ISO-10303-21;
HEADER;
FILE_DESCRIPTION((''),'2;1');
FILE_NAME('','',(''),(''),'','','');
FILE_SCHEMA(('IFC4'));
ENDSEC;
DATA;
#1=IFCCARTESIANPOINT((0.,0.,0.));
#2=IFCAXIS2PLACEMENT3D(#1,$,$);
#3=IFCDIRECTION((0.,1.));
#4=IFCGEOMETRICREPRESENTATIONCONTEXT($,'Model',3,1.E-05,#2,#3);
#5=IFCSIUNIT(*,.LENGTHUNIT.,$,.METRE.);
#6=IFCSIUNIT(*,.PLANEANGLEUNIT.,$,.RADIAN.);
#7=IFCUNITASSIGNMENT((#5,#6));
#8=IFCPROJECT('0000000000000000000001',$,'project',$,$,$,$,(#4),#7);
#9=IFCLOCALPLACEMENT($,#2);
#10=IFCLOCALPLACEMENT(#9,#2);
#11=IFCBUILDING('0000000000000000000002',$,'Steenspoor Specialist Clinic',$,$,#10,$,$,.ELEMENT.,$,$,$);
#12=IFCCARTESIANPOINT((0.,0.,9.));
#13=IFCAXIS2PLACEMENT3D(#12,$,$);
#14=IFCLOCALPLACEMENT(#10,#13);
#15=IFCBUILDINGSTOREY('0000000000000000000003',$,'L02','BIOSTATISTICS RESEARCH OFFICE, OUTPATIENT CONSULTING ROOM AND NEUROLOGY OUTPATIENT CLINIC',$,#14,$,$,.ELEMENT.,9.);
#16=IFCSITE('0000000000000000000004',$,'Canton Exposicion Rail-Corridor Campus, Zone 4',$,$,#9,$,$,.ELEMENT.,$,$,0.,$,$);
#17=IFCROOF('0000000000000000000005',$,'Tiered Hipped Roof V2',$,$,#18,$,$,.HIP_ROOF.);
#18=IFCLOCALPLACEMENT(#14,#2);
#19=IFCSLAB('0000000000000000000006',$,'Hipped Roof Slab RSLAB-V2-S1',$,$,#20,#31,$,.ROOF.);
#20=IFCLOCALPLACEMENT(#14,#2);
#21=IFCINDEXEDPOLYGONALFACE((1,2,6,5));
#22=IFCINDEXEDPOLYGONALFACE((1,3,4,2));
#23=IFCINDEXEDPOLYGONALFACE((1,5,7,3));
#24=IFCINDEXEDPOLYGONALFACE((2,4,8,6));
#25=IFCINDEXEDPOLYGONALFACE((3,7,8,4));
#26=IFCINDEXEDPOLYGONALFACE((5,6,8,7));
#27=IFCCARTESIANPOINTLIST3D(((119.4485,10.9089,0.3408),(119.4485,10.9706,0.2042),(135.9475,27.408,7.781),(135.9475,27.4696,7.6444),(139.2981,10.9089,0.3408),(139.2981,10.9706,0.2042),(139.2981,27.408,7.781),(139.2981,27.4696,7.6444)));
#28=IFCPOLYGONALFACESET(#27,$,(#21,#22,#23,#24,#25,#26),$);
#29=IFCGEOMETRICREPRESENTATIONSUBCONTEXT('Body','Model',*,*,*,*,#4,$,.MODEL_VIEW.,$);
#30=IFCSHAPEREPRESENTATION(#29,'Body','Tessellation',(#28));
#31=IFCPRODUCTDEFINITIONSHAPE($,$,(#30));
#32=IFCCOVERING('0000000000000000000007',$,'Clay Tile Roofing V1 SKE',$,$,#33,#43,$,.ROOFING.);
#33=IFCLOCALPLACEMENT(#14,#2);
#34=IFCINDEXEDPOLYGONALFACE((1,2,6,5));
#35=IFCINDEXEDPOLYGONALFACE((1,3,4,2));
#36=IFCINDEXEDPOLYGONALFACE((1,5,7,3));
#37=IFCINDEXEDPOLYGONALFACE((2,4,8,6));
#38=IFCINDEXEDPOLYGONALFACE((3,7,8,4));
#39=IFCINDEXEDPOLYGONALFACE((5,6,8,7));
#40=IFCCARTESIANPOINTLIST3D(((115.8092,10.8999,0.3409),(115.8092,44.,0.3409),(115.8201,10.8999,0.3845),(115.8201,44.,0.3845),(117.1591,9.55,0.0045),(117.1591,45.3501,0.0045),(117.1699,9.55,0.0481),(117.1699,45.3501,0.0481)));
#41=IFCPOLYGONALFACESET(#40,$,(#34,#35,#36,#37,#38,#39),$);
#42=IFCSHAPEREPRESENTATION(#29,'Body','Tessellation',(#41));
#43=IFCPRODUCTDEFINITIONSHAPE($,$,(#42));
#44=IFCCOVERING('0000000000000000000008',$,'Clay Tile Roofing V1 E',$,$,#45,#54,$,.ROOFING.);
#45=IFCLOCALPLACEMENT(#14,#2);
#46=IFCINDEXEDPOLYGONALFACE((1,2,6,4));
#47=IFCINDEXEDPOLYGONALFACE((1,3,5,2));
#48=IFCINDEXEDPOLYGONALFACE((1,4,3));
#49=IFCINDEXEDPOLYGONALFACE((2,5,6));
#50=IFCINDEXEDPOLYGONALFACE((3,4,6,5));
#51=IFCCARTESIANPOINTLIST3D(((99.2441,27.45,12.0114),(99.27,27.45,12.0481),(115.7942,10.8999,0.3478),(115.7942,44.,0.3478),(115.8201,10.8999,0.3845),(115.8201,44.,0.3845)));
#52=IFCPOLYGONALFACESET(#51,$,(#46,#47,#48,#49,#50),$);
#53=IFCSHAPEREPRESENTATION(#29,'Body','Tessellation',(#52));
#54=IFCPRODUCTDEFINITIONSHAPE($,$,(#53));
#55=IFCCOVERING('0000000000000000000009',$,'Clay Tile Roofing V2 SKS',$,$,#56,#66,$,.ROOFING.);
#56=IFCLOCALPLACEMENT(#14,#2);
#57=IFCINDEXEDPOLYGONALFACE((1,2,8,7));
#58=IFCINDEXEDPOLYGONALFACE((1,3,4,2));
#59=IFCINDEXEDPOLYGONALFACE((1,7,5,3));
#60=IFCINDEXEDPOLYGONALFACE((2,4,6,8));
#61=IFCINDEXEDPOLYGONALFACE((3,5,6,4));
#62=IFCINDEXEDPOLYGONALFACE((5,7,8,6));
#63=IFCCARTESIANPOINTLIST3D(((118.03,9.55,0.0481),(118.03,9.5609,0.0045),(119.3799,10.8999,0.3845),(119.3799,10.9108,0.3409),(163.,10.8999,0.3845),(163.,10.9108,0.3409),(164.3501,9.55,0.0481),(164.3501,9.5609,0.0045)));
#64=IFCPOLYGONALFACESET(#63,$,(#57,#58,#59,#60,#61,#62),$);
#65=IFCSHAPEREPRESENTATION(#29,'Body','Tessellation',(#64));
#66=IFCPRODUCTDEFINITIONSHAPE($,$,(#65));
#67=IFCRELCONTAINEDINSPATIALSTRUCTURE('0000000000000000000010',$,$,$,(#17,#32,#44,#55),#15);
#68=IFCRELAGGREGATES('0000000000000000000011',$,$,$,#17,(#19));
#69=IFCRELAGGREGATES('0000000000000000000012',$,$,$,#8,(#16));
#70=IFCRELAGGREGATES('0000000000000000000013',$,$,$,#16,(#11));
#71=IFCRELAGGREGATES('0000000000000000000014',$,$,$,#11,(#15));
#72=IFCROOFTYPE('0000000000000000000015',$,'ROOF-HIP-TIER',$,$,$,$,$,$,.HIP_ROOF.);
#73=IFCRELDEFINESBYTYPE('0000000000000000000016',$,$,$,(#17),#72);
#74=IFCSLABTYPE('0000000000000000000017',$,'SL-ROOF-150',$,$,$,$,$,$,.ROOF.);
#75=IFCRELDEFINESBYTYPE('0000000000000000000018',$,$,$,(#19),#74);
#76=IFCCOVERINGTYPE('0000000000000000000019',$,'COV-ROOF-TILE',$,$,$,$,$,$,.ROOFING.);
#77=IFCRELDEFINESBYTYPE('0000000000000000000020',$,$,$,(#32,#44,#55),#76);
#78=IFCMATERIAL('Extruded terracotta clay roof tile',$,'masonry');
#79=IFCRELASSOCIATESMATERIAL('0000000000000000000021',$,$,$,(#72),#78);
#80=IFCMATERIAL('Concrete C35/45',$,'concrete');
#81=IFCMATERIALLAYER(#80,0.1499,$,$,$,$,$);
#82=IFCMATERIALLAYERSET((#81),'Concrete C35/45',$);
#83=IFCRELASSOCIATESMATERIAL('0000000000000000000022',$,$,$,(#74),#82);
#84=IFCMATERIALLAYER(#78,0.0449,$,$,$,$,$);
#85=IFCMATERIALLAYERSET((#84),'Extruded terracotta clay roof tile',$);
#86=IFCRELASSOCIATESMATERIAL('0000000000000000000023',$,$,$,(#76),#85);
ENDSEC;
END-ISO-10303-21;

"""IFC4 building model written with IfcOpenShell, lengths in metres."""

from ifc_helpers import new_model, si_unit, direction, frame, origin, place, context, subcontext, project, spatial, polyline, outline, extrude, material, layer, layer_set, type_object, element, aggregate, save


model = new_model("IFC4")

# Units and contexts
model_context = context("Model", 3, precision=1e-05, world=origin(), true_north=direction((0.0, 1.0)))
body_context = subcontext(model_context, "Body", "Model", "MODEL_VIEW")
ifc_project = project(units=[si_unit("LENGTHUNIT", "METRE"), si_unit("PLANEANGLEUNIT", "RADIAN")], contexts=[model_context])

# Site, building, storey
site_placement = place(None, origin())
site = spatial("IfcSite", under=ifc_project, at=site_placement, Name="Canton Exposicion Rail-Corridor Campus, Zone 4", CompositionType="ELEMENT", RefElevation=0.0)
building_placement = place(site_placement, origin())
building = spatial("IfcBuilding", under=site, at=building_placement, Name="Steenspoor Specialist Clinic", CompositionType="ELEMENT")
storey_placement = place(building_placement, frame((0.0, 0.0, 9.0)))
storey = spatial("IfcBuildingStorey", under=building, at=storey_placement, Name="L02", Description="BIOSTATISTICS RESEARCH OFFICE, OUTPATIENT CONSULTING ROOM AND NEUROLOGY OUTPATIENT CLINIC", CompositionType="ELEMENT", Elevation=9.0)

# Shared definitions
ifc_material_1 = material(Name="Extruded terracotta clay roof tile", Category="masonry")
roof_type = type_object("IfcRoofType", Name="ROOF-HIP-TIER", PredefinedType="HIP_ROOF", material=ifc_material_1)
ifc_material_2 = material(Name="Concrete C35/45", Category="concrete")
ifc_layer_1 = layer(ifc_material_2, 0.1499)
ifc_layer_set_1 = layer_set([ifc_layer_1], Name="Concrete C35/45")
slab_type = type_object("IfcSlabType", Name="SL-ROOF-150", PredefinedType="ROOF", material=ifc_layer_set_1)

# Roof, slab
roof_1_placement = place(storey_placement, origin())
roof_1 = element("IfcRoof", 1, at=roof_1_placement, inside=storey, type_object=roof_type, Name="Tiered Hipped Roof V2", PredefinedType="HIP_ROOF")
slab_1_placement = place(storey_placement, frame((119.4485, 10.9089, 0.3408), z_axis=(0.0, -0.411082, 0.911598), x_axis=(1.0, 0.0, 0.0)))
slab_1 = element("IfcSlab", 2, at=slab_1_placement, type_object=slab_type, Name="Hipped Roof Slab RSLAB-V2-S1", PredefinedType="ROOF", context=body_context, shape_type="SweptSolid", body=[
    extrude(outline(polyline([(0.0, 0.0), (19.8496, 0.0), (19.8496, 18.099), (16.499, 18.099), (0.0, 0.0)])), origin(), (0.0, 0.0, -1.0), 0.1499),
])
aggregate(roof_1, [slab_1])

# Coverings
ifc_layer_2 = layer(ifc_material_1, 0.0449)
ifc_layer_set_2 = layer_set([ifc_layer_2], Name="Extruded terracotta clay roof tile")
covering_type = type_object("IfcCoveringType", Name="COV-ROOF-TILE", PredefinedType="ROOFING", material=ifc_layer_set_2)
covering_1_placement = place(storey_placement, frame((117.1699, 9.55, 0.0481), z_axis=(0.241834, 0.0, 0.970318), x_axis=(0.0, 1.0, 0.0)))
element("IfcCovering", 3, at=covering_1_placement, inside=storey, type_object=covering_type, Name="Clay Tile Roofing V1 SKE", PredefinedType="ROOFING", context=body_context, shape_type="SweptSolid", body=[
    extrude(outline(polyline([(0.0, 0.0), (35.8, 0.0), (34.45, 1.3911), (1.3499, 1.3911), (0.0, 0.0)])), origin(), (0.0, 0.0, -1.0), 0.0449),
])
covering_2_placement = place(storey_placement, frame((115.8201, 10.8999, 0.3845), z_axis=(0.576063, 0.0, 0.817405), x_axis=(0.0, 1.0, 0.0)))
element("IfcCovering", 4, at=covering_2_placement, inside=storey, type_object=covering_type, Name="Clay Tile Roofing V1 E", PredefinedType="ROOFING", context=body_context, shape_type="SweptSolid", body=[
    extrude(outline(polyline([(0.0, 0.0), (33.1001, 0.0), (16.55, 20.2471), (0.0, 0.0)])), origin(), (0.0, 0.0, -1.0), 0.0449),
])
covering_3_placement = place(storey_placement, frame((118.03, 9.55, 0.0481), z_axis=(0.0, -0.241834, 0.970318), x_axis=(1.0, 0.0, 0.0)))
element("IfcCovering", 5, at=covering_3_placement, inside=storey, type_object=covering_type, Name="Clay Tile Roofing V2 SKS", PredefinedType="ROOFING", context=body_context, shape_type="SweptSolid", body=[
    extrude(outline(polyline([(0.0, 0.0), (46.3201, 0.0), (44.97, 1.3911), (1.3499, 1.3911), (0.0, 0.0)])), origin(), (0.0, 0.0, -1.0), 0.0449),
])

save(model, "model.ifc")
